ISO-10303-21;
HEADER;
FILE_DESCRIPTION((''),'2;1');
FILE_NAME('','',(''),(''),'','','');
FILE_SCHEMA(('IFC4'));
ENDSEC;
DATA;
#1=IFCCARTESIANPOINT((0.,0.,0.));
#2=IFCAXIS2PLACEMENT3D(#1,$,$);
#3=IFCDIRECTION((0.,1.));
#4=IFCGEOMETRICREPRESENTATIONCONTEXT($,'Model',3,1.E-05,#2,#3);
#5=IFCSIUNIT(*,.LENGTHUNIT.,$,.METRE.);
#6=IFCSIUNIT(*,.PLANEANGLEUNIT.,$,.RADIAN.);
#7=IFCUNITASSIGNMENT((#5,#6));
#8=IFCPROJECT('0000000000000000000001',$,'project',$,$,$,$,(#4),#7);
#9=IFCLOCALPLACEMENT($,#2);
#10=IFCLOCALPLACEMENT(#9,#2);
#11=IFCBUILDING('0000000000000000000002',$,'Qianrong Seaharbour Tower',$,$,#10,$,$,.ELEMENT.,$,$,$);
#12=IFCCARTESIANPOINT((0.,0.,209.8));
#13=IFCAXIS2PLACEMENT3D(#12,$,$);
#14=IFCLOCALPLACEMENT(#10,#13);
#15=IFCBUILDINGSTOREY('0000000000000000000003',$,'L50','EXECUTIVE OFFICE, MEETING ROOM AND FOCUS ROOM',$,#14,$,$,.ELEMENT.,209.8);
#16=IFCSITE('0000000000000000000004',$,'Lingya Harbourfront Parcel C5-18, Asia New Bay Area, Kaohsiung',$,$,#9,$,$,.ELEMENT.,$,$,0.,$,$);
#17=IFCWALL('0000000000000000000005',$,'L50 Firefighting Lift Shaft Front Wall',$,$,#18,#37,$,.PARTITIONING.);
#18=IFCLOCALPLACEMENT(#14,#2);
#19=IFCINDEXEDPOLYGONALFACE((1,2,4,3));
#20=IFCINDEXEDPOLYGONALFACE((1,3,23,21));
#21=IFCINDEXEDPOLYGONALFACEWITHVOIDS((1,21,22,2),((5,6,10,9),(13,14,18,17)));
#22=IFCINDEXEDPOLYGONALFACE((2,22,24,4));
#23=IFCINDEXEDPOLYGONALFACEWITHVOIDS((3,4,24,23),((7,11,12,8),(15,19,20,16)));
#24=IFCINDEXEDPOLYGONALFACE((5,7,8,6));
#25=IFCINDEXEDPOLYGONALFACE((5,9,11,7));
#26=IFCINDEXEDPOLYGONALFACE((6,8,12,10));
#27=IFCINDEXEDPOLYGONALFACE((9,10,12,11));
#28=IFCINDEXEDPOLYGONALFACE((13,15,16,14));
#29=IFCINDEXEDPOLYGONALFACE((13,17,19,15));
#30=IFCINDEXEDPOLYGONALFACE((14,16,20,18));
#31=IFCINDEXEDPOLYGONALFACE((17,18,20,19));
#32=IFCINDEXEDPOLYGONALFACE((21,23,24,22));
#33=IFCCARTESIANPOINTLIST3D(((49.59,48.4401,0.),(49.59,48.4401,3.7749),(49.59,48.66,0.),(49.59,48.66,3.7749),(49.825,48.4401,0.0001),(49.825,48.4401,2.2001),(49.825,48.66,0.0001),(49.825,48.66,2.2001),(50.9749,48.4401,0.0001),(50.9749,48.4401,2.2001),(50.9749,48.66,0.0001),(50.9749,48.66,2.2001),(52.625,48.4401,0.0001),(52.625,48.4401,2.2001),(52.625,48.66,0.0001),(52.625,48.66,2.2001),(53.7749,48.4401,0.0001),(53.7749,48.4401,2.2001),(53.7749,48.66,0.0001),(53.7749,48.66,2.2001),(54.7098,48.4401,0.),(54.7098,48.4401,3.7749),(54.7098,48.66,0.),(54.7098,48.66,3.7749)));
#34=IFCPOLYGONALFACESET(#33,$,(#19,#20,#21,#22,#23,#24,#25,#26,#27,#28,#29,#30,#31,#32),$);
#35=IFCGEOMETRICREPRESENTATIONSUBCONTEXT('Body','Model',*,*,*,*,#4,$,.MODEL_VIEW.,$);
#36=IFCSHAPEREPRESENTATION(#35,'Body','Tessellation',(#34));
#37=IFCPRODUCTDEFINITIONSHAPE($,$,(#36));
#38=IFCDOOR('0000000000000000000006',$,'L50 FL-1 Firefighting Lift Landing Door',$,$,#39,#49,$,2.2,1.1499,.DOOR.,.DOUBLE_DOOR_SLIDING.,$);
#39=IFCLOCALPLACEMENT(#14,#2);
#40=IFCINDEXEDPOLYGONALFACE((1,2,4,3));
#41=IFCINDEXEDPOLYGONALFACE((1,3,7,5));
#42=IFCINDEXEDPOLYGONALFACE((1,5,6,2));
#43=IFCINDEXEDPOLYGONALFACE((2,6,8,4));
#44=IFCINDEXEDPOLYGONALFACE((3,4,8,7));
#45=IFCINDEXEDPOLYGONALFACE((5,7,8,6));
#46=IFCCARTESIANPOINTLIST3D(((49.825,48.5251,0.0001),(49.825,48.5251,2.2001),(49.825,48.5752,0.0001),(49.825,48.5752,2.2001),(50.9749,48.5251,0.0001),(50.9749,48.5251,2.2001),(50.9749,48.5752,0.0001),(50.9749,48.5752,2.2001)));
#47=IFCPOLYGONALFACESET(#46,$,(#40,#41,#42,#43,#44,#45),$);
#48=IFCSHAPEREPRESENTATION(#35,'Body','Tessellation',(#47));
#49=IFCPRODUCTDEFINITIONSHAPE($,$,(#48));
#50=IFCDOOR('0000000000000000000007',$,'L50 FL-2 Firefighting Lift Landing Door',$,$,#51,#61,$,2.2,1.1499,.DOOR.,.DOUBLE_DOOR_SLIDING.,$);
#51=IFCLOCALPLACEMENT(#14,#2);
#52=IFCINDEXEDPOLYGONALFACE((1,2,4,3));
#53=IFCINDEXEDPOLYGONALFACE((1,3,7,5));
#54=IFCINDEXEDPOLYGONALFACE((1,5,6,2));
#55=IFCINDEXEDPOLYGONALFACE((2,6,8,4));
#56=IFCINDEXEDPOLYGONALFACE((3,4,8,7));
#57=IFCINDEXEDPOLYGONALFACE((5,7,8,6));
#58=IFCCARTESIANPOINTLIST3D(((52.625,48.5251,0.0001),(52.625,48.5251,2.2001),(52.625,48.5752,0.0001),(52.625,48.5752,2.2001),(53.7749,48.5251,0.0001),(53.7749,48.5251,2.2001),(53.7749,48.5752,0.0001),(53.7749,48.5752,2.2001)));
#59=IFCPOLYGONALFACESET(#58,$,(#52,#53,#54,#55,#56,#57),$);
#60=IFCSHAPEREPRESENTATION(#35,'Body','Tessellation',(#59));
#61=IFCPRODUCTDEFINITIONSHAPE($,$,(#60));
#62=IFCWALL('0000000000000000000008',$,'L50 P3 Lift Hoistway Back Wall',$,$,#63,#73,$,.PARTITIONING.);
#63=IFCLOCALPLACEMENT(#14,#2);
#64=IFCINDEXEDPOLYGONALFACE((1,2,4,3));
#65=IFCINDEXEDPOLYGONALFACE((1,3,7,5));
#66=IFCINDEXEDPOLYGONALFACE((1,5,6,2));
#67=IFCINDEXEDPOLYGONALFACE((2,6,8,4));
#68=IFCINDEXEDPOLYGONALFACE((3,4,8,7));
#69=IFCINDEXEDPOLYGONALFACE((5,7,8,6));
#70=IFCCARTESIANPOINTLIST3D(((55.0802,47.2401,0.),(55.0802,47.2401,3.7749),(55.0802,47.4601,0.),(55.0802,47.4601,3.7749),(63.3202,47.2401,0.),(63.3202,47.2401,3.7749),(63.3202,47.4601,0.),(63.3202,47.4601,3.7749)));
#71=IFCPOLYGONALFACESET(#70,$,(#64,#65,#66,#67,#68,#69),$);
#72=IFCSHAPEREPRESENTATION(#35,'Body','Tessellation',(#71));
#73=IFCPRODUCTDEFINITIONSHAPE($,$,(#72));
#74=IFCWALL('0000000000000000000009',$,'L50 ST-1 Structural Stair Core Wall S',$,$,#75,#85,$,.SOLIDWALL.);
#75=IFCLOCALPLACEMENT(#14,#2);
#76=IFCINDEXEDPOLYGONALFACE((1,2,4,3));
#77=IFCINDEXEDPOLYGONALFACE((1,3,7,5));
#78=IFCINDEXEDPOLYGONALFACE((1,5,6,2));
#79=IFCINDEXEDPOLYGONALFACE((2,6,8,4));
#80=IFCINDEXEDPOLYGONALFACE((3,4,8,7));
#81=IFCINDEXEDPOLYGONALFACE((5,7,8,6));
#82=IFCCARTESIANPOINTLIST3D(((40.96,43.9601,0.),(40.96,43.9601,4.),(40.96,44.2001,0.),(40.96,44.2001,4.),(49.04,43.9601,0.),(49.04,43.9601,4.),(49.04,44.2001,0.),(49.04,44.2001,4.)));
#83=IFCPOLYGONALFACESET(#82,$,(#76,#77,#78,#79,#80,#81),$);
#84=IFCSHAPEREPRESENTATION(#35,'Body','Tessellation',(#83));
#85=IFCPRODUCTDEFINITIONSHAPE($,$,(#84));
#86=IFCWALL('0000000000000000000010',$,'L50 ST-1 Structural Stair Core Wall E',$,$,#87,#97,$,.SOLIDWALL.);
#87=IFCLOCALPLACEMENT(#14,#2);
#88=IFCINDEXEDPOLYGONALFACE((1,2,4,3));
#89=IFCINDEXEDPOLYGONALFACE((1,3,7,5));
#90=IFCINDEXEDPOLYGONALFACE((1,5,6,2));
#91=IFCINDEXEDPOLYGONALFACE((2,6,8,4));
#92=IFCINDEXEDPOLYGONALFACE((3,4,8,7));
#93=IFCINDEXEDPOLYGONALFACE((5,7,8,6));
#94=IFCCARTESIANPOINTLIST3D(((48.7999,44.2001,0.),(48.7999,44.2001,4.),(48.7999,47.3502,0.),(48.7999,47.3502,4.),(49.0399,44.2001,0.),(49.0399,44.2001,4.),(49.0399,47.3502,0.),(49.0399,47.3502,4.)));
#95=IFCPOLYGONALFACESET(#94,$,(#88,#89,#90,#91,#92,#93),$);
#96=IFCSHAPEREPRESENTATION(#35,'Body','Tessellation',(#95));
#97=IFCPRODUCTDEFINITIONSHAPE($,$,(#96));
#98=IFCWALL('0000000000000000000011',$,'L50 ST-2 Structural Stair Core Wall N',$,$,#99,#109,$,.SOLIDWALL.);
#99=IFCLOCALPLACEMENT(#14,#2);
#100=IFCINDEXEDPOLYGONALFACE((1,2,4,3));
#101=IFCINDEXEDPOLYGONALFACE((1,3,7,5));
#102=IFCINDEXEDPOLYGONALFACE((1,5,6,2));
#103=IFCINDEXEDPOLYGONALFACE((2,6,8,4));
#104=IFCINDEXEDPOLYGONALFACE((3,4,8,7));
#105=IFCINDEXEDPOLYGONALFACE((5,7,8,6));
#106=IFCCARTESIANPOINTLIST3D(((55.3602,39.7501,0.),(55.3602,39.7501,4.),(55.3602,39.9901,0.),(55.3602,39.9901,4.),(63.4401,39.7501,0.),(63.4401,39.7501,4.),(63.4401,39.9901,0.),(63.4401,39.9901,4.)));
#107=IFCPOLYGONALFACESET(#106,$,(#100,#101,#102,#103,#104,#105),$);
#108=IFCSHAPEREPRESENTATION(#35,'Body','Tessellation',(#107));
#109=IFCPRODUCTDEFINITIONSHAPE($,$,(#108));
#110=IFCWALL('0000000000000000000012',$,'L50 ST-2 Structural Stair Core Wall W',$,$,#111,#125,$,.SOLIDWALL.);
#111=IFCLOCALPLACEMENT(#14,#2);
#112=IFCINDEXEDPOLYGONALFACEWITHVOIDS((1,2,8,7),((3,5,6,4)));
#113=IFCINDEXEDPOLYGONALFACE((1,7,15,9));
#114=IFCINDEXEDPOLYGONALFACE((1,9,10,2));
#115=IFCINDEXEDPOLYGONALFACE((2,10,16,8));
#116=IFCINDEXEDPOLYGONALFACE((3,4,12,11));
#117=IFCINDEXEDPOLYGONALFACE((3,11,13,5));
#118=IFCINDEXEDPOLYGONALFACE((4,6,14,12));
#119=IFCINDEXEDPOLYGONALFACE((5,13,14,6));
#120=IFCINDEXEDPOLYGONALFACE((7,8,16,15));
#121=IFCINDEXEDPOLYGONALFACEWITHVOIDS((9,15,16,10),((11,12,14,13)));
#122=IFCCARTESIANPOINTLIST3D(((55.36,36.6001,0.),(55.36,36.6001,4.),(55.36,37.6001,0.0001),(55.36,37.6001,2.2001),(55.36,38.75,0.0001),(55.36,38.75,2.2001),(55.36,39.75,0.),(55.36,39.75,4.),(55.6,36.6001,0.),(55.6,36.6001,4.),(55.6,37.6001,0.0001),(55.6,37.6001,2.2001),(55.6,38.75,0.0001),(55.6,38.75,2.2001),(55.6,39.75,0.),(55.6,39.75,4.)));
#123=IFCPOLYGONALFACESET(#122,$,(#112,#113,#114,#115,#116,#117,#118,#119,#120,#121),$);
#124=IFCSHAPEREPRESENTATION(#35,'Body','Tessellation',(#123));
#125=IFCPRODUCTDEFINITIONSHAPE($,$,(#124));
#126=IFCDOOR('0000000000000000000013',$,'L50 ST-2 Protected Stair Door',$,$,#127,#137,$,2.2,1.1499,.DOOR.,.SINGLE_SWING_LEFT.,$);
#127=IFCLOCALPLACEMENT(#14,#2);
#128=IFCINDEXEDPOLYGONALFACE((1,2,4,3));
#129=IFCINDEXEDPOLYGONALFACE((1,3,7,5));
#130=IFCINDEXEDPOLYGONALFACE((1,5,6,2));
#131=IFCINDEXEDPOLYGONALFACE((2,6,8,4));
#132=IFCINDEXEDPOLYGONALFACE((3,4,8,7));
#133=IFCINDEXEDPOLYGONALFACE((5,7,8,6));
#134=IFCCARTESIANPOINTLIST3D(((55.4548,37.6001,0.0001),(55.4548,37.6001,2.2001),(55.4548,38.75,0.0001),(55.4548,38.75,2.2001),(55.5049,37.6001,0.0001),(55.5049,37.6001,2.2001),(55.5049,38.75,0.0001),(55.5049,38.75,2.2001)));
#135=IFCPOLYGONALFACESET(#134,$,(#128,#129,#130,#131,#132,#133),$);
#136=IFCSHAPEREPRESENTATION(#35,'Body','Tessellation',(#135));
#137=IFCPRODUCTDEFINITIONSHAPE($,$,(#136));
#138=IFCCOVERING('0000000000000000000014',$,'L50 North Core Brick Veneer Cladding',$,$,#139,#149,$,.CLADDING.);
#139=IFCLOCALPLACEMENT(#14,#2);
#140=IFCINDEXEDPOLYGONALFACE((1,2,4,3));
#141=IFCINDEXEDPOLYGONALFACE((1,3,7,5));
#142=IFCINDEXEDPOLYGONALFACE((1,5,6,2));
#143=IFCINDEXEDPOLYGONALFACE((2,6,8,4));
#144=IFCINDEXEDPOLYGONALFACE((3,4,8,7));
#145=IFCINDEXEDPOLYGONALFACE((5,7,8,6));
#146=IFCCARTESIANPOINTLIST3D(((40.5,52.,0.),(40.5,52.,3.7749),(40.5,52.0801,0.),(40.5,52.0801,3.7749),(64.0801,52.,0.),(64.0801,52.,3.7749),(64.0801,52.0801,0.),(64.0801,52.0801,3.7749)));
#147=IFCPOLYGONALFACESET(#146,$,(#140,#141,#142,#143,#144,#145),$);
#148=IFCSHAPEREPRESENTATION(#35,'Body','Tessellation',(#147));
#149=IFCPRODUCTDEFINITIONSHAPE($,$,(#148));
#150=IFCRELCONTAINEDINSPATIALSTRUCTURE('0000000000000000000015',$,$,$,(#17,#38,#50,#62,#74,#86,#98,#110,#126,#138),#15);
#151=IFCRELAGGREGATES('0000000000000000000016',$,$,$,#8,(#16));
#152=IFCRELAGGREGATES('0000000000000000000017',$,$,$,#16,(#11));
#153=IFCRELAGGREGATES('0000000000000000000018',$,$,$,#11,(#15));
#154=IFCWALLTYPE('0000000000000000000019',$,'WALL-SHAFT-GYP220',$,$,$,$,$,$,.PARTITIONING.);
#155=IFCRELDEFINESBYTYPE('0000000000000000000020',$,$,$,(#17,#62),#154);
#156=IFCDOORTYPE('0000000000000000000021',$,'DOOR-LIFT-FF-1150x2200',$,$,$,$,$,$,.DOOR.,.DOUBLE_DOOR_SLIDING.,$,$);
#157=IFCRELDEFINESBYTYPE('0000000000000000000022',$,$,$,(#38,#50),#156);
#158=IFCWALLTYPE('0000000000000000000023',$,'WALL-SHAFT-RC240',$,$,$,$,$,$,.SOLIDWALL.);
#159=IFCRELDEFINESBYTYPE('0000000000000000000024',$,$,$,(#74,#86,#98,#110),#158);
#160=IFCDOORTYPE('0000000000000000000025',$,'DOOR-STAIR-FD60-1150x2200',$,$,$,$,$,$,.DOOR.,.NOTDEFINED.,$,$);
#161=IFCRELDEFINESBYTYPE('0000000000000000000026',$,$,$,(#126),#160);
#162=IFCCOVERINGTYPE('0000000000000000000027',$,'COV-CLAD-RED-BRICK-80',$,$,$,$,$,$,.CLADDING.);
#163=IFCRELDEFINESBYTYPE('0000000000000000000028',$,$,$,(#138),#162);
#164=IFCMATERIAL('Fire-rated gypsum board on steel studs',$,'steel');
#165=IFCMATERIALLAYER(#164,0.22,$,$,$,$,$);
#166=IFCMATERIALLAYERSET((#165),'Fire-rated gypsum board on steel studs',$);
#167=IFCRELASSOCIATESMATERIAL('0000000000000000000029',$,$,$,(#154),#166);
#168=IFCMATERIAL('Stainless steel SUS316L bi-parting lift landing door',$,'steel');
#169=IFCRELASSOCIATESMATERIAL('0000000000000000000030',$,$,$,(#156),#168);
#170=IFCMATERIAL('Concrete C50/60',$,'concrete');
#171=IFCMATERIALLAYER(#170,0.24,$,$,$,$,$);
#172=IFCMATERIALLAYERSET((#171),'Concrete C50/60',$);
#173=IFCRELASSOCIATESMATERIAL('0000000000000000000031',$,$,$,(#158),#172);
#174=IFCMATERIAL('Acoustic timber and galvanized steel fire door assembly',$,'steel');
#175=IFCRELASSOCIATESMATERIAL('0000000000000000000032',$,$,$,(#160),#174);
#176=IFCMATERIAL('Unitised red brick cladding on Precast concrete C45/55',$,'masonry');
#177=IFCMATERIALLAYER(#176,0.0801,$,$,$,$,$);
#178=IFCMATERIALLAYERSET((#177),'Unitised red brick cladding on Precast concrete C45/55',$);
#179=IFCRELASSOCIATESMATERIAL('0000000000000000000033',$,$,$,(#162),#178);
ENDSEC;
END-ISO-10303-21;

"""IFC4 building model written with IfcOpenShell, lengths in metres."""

from ifc_helpers import new_model, si_unit, direction, frame, frame_2d, origin, origin_2d, place, context, subcontext, project, spatial, rectangle, extrude, material, layer, layer_set, type_object, element, fill, save


model = new_model("IFC4")

# Units and contexts
model_context = context("Model", 3, precision=1e-05, world=origin(), true_north=direction((0.0, 1.0)))
body_context = subcontext(model_context, "Body", "Model", "MODEL_VIEW")
ifc_project = project(units=[si_unit("LENGTHUNIT", "METRE"), si_unit("PLANEANGLEUNIT", "RADIAN")], contexts=[model_context])

# Site, building, storey
site_placement = place(None, origin())
site = spatial("IfcSite", under=ifc_project, at=site_placement, Name="Lingya Harbourfront Parcel C5-18, Asia New Bay Area, Kaohsiung", CompositionType="ELEMENT", RefElevation=0.0)
building_placement = place(site_placement, origin())
building = spatial("IfcBuilding", under=site, at=building_placement, Name="Qianrong Seaharbour Tower", CompositionType="ELEMENT")
storey_placement = place(building_placement, frame((0.0, 0.0, 209.8)))
storey = spatial("IfcBuildingStorey", under=building, at=storey_placement, Name="L50", Description="EXECUTIVE OFFICE, MEETING ROOM AND FOCUS ROOM", CompositionType="ELEMENT", Elevation=209.8)

# Shared definitions
ifc_material_1 = material(Name="Concrete C50/60", Category="concrete")

# Shared definitions
ifc_material_2 = material(Name="Acoustic timber and galvanized steel fire door assembly", Category="steel")

# Shared definitions
ifc_material_3 = material(Name="Fire-rated gypsum board on steel studs", Category="steel")

# Wall, openings, doors
ifc_layer_1 = layer(ifc_material_3, 0.22)
ifc_layer_set_1 = layer_set([ifc_layer_1], Name="Fire-rated gypsum board on steel studs")
wall_type_1 = type_object("IfcWallType", Name="WALL-SHAFT-GYP220", PredefinedType="PARTITIONING", material=ifc_layer_set_1)
wall_1_placement = place(storey_placement, frame((54.71, 48.55, 0.0), z_axis=(0.0, 0.0, 1.0), x_axis=(-1.0, 0.0, 0.0)))
wall_1 = element("IfcWall", 1, at=wall_1_placement, inside=storey, type_object=wall_type_1, Name="L50 Firefighting Lift Shaft Front Wall", PredefinedType="PARTITIONING", context=body_context, shape_type="SweptSolid", body=[
    extrude(rectangle(XDim=5.1199, YDim=0.22, at=frame_2d((2.5601, 0.0))), origin(), (0.0, 0.0, 1.0), 3.7749),
])
opening_1_placement = place(wall_1_placement, frame((3.7351, 0.0, 0.0)))
opening_1 = element("IfcOpeningElement", 2, at=opening_1_placement, cuts=wall_1, PredefinedType="OPENING", context=body_context, shape_type="SweptSolid", body=[
    extrude(rectangle(XDim=1.1499, YDim=2.2, at=frame_2d((0.575, 1.1001))), frame((0.0, 0.1201, 0.0), z_axis=(0.0, -1.0, 0.0), x_axis=(1.0, 0.0, 0.0)), (0.0, 0.0, 1.0), 0.24),
])
opening_2_placement = place(wall_1_placement, frame((0.9351, 0.0, 0.0)))
opening_2 = element("IfcOpeningElement", 3, at=opening_2_placement, cuts=wall_1, PredefinedType="OPENING", context=body_context, shape_type="SweptSolid", body=[
    extrude(rectangle(XDim=1.1499, YDim=2.2, at=frame_2d((0.575, 1.1001))), frame((0.0, 0.1201, 0.0), z_axis=(0.0, -1.0, 0.0), x_axis=(1.0, 0.0, 0.0)), (0.0, 0.0, 1.0), 0.24),
])
ifc_material_4 = material(Name="Stainless steel SUS316L bi-parting lift landing door", Category="steel")
door_type_1 = type_object("IfcDoorType", Name="DOOR-LIFT-FF-1150x2200", OperationType="DOUBLE_DOOR_SLIDING", PredefinedType="DOOR", material=ifc_material_4)
door_1_placement = place(opening_1_placement, origin())
door_1 = element("IfcDoor", 4, at=door_1_placement, inside=storey, type_object=door_type_1, Name="L50 FL-1 Firefighting Lift Landing Door", OperationType="DOUBLE_DOOR_SLIDING", OverallHeight=2.2, OverallWidth=1.1499, PredefinedType="DOOR", context=body_context, shape_type="SweptSolid", body=[
    extrude(rectangle(XDim=1.1499, YDim=2.2, at=frame_2d((0.575, 1.1001))), frame((0.0, 0.0249, 0.0), z_axis=(0.0, -1.0, 0.0), x_axis=(1.0, 0.0, 0.0)), (0.0, 0.0, 1.0), 0.05),
])
fill(opening_1, door_1)
door_2_placement = place(opening_2_placement, origin())
door_2 = element("IfcDoor", 5, at=door_2_placement, inside=storey, type_object=door_type_1, Name="L50 FL-2 Firefighting Lift Landing Door", OperationType="DOUBLE_DOOR_SLIDING", OverallHeight=2.2, OverallWidth=1.1499, PredefinedType="DOOR", context=body_context, shape_type="SweptSolid", body=[
    extrude(rectangle(XDim=1.1499, YDim=2.2, at=frame_2d((0.575, 1.1001))), frame((0.0, 0.0249, 0.0), z_axis=(0.0, -1.0, 0.0), x_axis=(1.0, 0.0, 0.0)), (0.0, 0.0, 1.0), 0.05),
])
fill(opening_2, door_2)

# Walls
wall_2_placement = place(storey_placement, frame((55.0801, 47.3501, 0.0), z_axis=(0.0, 0.0, 1.0), x_axis=(1.0, 0.0, 0.0)))
element("IfcWall", 6, at=wall_2_placement, inside=storey, type_object=wall_type_1, Name="L50 P3 Lift Hoistway Back Wall", PredefinedType="PARTITIONING", context=body_context, shape_type="SweptSolid", body=[
    extrude(rectangle(XDim=8.24, YDim=0.22, at=frame_2d((4.1201, 0.0))), origin(), (0.0, 0.0, 1.0), 3.7749),
])
ifc_layer_2 = layer(ifc_material_1, 0.24)
ifc_layer_set_2 = layer_set([ifc_layer_2], Name="Concrete C50/60")
wall_type_2 = type_object("IfcWallType", Name="WALL-SHAFT-RC240", PredefinedType="SOLIDWALL", material=ifc_layer_set_2)
wall_3_placement = place(storey_placement, frame((49.04, 44.0801, 0.0), z_axis=(0.0, 0.0, 1.0), x_axis=(-1.0, 0.0, 0.0)))
element("IfcWall", 7, at=wall_3_placement, inside=storey, type_object=wall_type_2, Name="L50 ST-1 Structural Stair Core Wall S", PredefinedType="SOLIDWALL", context=body_context, shape_type="SweptSolid", body=[
    extrude(rectangle(XDim=8.0801, YDim=0.24, at=frame_2d((4.04, 0.0))), origin(), (0.0, 0.0, 1.0), 4.0),
])
wall_4_placement = place(storey_placement, frame((48.9199, 44.2, 0.0), z_axis=(0.0, 0.0, 1.0), x_axis=(0.0, 1.0, 0.0)))
element("IfcWall", 8, at=wall_4_placement, inside=storey, type_object=wall_type_2, Name="L50 ST-1 Structural Stair Core Wall E", PredefinedType="SOLIDWALL", context=body_context, shape_type="SweptSolid", body=[
    extrude(rectangle(XDim=3.1501, YDim=0.24, at=frame_2d((1.5752, 0.0))), origin(), (0.0, 0.0, 1.0), 4.0),
])
wall_5_placement = place(storey_placement, frame((55.3601, 39.8701, 0.0), z_axis=(0.0, 0.0, 1.0), x_axis=(1.0, 0.0, 0.0)))
element("IfcWall", 9, at=wall_5_placement, inside=storey, type_object=wall_type_2, Name="L50 ST-2 Structural Stair Core Wall N", PredefinedType="SOLIDWALL", context=body_context, shape_type="SweptSolid", body=[
    extrude(rectangle(XDim=8.0798, YDim=0.24, at=frame_2d((4.04, 0.0))), origin(), (0.0, 0.0, 1.0), 4.0),
])

# Wall, opening, door
wall_6_placement = place(storey_placement, frame((55.48, 39.75, 0.0), z_axis=(0.0, 0.0, 1.0), x_axis=(0.0, -1.0, 0.0)))
wall_6 = element("IfcWall", 10, at=wall_6_placement, inside=storey, type_object=wall_type_2, Name="L50 ST-2 Structural Stair Core Wall W", PredefinedType="SOLIDWALL", context=body_context, shape_type="SweptSolid", body=[
    extrude(rectangle(XDim=3.1499, YDim=0.24, at=frame_2d((1.575, 0.0))), origin(), (0.0, 0.0, 1.0), 4.0),
])
opening_3_placement = place(wall_6_placement, frame((1.0, 0.0, 0.0)))
opening_3 = element("IfcOpeningElement", 11, at=opening_3_placement, cuts=wall_6, PredefinedType="OPENING", context=body_context, shape_type="SweptSolid", body=[
    extrude(rectangle(XDim=1.1499, YDim=2.2, at=frame_2d((0.575, 1.1001))), frame((0.0, 0.1299, 0.0), z_axis=(0.0, -1.0, 0.0), x_axis=(1.0, 0.0, 0.0)), (0.0, 0.0, 1.0), 0.26),
])
door_type_2 = type_object("IfcDoorType", Name="DOOR-STAIR-FD60-1150x2200", OperationType="NOTDEFINED", PredefinedType="DOOR", material=ifc_material_2)
door_3_placement = place(opening_3_placement, origin())
door_3 = element("IfcDoor", 12, at=door_3_placement, inside=storey, type_object=door_type_2, Name="L50 ST-2 Protected Stair Door", OperationType="SINGLE_SWING_LEFT", OverallHeight=2.2, OverallWidth=1.1499, PredefinedType="DOOR", context=body_context, shape_type="SweptSolid", body=[
    extrude(rectangle(XDim=1.1499, YDim=2.2, at=frame_2d((0.575, 1.1001))), frame((0.0, 0.0249, 0.0), z_axis=(0.0, -1.0, 0.0), x_axis=(1.0, 0.0, 0.0)), (0.0, 0.0, 1.0), 0.05),
])
fill(opening_3, door_3)

# Covering
ifc_material_5 = material(Name="Unitised red brick cladding on Precast concrete C45/55", Category="masonry")
ifc_layer_3 = layer(ifc_material_5, 0.0801)
ifc_layer_set_3 = layer_set([ifc_layer_3], Name="Unitised red brick cladding on Precast concrete C45/55")
covering_type = type_object("IfcCoveringType", Name="COV-CLAD-RED-BRICK-80", PredefinedType="CLADDING", material=ifc_layer_set_3)
covering_placement = place(storey_placement, frame((52.29, 52.04, 0.0), z_axis=(0.0, 0.0, 1.0), x_axis=(1.0, 0.0, 0.0)))
element("IfcCovering", 13, at=covering_placement, inside=storey, type_object=covering_type, Name="L50 North Core Brick Veneer Cladding", PredefinedType="CLADDING", context=body_context, shape_type="SweptSolid", body=[
    extrude(rectangle(XDim=23.5801, YDim=0.0801, at=origin_2d()), origin(), (0.0, 0.0, 1.0), 3.7749),
])

save(model, "model.ifc")
